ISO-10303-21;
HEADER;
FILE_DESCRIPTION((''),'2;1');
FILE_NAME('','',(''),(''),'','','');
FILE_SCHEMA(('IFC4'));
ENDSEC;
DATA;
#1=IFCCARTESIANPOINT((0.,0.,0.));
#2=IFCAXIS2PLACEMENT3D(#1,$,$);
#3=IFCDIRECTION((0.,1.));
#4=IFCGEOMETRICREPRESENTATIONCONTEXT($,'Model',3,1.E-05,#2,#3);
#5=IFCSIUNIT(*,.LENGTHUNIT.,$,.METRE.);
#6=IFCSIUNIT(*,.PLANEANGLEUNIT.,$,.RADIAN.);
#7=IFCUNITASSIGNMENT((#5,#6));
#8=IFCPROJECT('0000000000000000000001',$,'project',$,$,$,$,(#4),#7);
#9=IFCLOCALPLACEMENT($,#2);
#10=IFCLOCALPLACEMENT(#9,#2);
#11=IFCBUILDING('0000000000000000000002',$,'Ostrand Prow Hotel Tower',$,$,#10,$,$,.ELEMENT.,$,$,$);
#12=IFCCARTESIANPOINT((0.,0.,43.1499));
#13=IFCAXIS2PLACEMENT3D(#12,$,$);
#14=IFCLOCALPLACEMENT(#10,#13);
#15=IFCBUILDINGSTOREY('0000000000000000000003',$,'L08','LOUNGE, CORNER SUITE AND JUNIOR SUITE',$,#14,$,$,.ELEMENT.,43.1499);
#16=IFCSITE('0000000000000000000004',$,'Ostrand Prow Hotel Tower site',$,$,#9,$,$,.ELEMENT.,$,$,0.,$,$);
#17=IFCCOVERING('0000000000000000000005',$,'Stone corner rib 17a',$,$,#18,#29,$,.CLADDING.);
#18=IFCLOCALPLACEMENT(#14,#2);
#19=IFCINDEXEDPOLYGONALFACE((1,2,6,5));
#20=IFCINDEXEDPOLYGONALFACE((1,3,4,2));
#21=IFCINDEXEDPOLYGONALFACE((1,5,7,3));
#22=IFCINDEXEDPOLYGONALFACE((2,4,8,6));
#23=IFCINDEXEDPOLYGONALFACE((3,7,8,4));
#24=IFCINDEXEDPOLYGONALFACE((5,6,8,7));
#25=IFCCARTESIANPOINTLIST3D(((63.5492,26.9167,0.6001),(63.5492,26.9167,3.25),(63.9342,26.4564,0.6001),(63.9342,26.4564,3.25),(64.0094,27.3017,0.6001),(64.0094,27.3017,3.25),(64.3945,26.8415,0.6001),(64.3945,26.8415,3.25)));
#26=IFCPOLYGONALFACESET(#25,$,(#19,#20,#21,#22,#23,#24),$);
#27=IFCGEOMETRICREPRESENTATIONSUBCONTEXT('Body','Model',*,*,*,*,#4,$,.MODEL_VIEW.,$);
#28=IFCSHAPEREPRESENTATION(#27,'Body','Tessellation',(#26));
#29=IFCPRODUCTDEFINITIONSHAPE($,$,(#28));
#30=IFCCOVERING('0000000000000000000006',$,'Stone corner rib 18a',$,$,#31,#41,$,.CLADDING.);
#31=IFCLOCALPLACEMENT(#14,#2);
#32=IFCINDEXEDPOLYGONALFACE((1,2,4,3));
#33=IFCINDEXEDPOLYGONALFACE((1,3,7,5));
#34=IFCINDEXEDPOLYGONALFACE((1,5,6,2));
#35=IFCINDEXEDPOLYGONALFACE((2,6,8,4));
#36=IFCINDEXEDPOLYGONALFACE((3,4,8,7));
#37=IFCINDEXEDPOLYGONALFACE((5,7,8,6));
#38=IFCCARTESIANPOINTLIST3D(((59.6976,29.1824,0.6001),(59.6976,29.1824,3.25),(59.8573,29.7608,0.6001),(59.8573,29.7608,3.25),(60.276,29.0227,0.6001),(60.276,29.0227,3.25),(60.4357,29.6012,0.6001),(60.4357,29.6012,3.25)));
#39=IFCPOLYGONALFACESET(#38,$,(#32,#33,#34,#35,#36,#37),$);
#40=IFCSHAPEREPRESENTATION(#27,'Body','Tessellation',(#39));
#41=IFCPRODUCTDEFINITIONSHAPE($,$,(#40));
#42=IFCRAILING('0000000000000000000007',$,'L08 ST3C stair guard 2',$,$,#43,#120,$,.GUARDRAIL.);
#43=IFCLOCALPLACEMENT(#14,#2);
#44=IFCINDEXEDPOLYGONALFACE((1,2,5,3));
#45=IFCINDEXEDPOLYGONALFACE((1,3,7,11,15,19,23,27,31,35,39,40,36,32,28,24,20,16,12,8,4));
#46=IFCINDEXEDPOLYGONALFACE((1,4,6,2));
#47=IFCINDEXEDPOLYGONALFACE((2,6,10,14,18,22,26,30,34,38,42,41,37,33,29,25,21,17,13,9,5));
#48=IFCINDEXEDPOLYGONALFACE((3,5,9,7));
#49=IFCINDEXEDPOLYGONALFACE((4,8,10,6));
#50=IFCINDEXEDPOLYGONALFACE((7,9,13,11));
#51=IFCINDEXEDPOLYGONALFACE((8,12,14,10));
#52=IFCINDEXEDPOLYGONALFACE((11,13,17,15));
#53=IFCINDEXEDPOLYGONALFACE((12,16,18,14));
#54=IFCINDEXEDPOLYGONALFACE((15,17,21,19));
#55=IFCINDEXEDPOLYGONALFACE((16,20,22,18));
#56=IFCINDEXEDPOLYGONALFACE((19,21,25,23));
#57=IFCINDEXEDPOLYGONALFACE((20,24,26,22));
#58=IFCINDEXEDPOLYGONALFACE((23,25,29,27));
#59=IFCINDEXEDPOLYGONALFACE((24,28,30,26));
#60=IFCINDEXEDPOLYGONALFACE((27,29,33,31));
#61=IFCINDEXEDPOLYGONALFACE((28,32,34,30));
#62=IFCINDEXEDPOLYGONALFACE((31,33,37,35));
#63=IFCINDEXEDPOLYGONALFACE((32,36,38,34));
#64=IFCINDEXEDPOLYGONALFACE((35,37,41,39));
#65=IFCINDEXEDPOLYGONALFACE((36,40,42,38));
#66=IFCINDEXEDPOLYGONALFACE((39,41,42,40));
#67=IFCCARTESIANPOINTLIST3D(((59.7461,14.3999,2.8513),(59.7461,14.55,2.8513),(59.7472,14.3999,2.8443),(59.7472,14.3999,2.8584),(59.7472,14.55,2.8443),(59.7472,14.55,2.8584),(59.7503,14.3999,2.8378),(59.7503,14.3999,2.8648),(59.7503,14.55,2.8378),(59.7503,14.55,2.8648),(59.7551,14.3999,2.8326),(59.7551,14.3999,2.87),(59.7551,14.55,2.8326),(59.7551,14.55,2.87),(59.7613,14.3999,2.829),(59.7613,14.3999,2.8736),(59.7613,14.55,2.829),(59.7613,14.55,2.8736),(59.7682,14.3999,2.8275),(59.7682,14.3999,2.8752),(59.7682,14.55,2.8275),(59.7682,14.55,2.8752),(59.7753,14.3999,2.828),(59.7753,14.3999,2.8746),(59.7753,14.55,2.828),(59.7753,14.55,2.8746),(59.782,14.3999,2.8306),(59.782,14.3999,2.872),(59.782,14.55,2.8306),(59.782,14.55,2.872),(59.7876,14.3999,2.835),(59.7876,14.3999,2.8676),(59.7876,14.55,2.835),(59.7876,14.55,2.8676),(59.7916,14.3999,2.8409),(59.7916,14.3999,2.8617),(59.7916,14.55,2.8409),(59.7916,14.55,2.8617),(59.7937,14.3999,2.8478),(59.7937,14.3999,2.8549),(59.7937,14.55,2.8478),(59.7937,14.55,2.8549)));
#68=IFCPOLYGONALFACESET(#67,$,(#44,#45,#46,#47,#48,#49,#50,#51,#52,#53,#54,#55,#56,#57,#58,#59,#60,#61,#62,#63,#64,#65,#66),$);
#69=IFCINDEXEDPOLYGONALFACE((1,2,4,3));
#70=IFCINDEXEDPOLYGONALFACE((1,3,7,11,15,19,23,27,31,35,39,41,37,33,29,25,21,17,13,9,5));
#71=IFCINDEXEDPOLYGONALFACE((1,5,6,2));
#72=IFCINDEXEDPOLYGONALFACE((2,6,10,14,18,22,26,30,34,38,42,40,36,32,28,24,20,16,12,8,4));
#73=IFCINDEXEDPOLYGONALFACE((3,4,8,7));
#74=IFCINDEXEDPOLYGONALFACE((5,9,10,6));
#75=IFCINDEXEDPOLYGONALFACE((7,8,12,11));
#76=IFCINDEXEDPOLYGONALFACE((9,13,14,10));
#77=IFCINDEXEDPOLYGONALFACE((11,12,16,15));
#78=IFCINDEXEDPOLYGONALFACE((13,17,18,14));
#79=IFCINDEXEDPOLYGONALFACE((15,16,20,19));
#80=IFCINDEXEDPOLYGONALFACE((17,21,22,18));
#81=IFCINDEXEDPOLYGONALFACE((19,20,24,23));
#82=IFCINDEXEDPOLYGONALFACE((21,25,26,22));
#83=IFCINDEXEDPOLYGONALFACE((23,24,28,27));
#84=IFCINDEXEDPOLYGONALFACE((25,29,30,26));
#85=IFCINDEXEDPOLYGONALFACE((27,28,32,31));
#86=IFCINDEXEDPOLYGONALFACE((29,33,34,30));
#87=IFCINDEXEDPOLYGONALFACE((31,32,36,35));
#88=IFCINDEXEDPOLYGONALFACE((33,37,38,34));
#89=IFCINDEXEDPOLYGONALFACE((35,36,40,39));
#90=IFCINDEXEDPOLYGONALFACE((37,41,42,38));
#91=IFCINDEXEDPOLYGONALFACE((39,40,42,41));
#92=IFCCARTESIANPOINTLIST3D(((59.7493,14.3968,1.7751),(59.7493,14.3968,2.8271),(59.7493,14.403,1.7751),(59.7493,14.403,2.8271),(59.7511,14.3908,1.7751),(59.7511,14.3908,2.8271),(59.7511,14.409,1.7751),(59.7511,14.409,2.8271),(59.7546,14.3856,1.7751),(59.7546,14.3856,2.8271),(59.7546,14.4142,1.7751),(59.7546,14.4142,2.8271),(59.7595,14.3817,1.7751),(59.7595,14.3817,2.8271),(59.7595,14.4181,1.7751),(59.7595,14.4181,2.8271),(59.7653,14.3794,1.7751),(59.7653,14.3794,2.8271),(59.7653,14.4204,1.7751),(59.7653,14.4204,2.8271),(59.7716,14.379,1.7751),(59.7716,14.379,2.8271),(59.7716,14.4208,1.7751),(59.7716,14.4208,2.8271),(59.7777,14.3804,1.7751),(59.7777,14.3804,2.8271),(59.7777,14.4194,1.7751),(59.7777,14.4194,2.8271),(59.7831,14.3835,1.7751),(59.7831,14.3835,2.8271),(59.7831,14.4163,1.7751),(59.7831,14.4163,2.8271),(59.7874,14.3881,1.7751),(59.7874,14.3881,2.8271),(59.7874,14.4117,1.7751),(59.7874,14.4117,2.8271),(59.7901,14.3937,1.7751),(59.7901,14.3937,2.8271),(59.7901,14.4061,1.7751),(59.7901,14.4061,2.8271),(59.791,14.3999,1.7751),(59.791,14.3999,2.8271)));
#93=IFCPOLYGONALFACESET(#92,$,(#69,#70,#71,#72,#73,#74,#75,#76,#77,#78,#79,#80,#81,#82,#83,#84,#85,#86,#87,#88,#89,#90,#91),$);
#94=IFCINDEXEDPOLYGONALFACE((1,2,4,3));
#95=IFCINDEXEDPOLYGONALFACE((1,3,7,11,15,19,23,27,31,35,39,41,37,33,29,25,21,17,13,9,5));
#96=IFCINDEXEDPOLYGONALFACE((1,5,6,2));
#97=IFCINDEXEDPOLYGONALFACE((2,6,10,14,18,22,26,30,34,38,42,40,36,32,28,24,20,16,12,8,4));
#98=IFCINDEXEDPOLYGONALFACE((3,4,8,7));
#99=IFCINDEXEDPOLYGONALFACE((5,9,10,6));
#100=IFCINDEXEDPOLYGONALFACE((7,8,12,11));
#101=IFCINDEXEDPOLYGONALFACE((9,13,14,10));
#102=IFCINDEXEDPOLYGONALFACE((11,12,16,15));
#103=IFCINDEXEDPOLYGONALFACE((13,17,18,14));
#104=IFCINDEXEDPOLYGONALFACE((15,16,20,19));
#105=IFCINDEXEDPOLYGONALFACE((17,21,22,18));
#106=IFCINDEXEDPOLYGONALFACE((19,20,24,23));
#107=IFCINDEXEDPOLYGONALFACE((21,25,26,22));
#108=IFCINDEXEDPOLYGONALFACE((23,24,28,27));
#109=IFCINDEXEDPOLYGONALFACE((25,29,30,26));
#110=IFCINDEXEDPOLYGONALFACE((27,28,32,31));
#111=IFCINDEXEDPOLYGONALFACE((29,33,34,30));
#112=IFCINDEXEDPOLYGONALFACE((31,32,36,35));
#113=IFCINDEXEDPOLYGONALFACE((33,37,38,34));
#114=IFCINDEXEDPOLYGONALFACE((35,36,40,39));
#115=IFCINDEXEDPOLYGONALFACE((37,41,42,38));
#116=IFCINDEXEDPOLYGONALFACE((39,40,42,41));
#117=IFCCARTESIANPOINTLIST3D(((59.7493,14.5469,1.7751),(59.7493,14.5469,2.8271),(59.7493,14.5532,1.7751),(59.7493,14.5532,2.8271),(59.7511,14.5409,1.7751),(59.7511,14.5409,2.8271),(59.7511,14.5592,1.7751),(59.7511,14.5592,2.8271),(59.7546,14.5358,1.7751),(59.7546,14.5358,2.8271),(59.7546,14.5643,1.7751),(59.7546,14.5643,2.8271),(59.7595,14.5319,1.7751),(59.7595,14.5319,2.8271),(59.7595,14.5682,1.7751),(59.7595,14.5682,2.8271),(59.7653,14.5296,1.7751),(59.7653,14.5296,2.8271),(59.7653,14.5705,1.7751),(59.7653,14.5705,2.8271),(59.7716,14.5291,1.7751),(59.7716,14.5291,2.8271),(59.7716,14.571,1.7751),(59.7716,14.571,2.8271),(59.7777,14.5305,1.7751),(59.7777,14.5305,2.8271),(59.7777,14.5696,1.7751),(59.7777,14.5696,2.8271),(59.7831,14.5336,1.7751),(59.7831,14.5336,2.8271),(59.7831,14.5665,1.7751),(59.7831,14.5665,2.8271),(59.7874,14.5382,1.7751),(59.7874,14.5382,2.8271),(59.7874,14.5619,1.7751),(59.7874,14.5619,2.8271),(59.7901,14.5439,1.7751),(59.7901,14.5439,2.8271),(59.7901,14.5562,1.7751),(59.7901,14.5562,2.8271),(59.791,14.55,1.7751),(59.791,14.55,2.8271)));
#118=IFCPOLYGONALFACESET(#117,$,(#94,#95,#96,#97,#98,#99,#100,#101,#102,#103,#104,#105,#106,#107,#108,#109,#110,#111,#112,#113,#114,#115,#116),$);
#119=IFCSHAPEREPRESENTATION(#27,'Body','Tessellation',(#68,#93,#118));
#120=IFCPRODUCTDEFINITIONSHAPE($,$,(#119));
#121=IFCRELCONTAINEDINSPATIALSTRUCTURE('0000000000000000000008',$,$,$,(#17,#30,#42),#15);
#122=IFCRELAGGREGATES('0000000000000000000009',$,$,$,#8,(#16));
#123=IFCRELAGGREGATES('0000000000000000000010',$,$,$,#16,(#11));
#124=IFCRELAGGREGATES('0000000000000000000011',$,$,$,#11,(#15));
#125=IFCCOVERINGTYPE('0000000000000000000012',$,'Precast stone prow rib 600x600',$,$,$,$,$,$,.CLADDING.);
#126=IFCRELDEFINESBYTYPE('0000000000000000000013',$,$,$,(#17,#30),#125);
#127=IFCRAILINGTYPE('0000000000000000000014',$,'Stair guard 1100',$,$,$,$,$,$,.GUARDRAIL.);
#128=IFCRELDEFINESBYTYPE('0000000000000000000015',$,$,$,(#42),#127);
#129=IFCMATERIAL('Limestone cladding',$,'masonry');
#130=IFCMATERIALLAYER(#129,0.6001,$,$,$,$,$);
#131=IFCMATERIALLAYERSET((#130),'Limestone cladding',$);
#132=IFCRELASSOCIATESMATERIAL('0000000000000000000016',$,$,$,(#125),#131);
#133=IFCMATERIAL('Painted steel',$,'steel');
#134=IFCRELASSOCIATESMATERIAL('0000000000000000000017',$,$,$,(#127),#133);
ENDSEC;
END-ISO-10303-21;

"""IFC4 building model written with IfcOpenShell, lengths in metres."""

from ifc_helpers import new_model, si_unit, direction, frame, frame_2d, origin, origin_2d, place, context, subcontext, project, spatial, rectangle, circle, extrude, material, layer, layer_set, type_object, element, save


model = new_model("IFC4")

# Units and contexts
model_context = context("Model", 3, precision=1e-05, world=origin(), true_north=direction((0.0, 1.0)))
body_context = subcontext(model_context, "Body", "Model", "MODEL_VIEW")
ifc_project = project(units=[si_unit("LENGTHUNIT", "METRE"), si_unit("PLANEANGLEUNIT", "RADIAN")], contexts=[model_context])

# Site, building, storey
site_placement = place(None, origin())
site = spatial("IfcSite", under=ifc_project, at=site_placement, Name="Ostrand Prow Hotel Tower site", CompositionType="ELEMENT", RefElevation=0.0)
building_placement = place(site_placement, origin())
building = spatial("IfcBuilding", under=site, at=building_placement, Name="Ostrand Prow Hotel Tower", CompositionType="ELEMENT")
storey_placement = place(building_placement, frame((0.0, 0.0, 43.1499)))
storey = spatial("IfcBuildingStorey", under=building, at=storey_placement, Name="L08", Description="LOUNGE, CORNER SUITE AND JUNIOR SUITE", CompositionType="ELEMENT", Elevation=43.1499)

# Coverings
ifc_material_1 = material(Name="Limestone cladding", Category="masonry")
ifc_layer_1 = layer(ifc_material_1, 0.6001)
ifc_layer_set_1 = layer_set([ifc_layer_1], Name="Limestone cladding")
covering_type = type_object("IfcCoveringType", Name="Precast stone prow rib 600x600", PredefinedType="CLADDING", material=ifc_layer_set_1)
for number, where, z_axis, x_axis, name in (
    (1, (63.7417, 26.6865, 0.6001), (0.0, 0.0, 1.0), (0.766986, 0.641664, 0.0), "Stone corner rib 17a"),
    (2, (59.9868, 29.1025, 0.6001), (0.0, 0.0, 1.0), (0.266112, 0.963942, 0.0), "Stone corner rib 18a"),
):
    element("IfcCovering", number, at=place(storey_placement, frame(where, z_axis=z_axis, x_axis=x_axis)), inside=storey, type_object=covering_type, Name=name, PredefinedType="CLADDING", context=body_context, shape_type="SweptSolid", body=[
        extrude(rectangle(XDim=0.6001, YDim=0.6001, at=frame_2d((0.3, 0.0))), origin(), (0.0, 0.0, 1.0), 2.6499),
    ])

# Railing
ifc_material_2 = material(Name="Painted steel", Category="steel")
railing_type_1 = type_object("IfcRailingType", Name="Stair guard 1100", PredefinedType="GUARDRAIL", material=ifc_material_2)
railing_1_placement = place(storey_placement, frame((59.77, 14.3999, 1.7751)))
element("IfcRailing", 3, at=railing_1_placement, inside=storey, type_object=railing_type_1, Name="L08 ST3C stair guard 2", PredefinedType="GUARDRAIL", context=body_context, shape_type="SweptSolid", body=[
    extrude(circle(Radius=0.0239, at=origin_2d()), frame((0.0, 0.0, 1.0762), z_axis=(0.0, 1.0, 0.0), x_axis=(-1.0, 0.0, 0.0)), (0.0, 0.0, 1.0), 0.1501),
    extrude(circle(Radius=0.021, at=origin_2d()), origin(), (0.0, 0.0, 1.0), 1.052),
    extrude(circle(Radius=0.021, at=origin_2d()), frame((0.0, 0.1501, 0.0)), (0.0, 0.0, 1.0), 1.052),
])

save(model, "model.ifc")
